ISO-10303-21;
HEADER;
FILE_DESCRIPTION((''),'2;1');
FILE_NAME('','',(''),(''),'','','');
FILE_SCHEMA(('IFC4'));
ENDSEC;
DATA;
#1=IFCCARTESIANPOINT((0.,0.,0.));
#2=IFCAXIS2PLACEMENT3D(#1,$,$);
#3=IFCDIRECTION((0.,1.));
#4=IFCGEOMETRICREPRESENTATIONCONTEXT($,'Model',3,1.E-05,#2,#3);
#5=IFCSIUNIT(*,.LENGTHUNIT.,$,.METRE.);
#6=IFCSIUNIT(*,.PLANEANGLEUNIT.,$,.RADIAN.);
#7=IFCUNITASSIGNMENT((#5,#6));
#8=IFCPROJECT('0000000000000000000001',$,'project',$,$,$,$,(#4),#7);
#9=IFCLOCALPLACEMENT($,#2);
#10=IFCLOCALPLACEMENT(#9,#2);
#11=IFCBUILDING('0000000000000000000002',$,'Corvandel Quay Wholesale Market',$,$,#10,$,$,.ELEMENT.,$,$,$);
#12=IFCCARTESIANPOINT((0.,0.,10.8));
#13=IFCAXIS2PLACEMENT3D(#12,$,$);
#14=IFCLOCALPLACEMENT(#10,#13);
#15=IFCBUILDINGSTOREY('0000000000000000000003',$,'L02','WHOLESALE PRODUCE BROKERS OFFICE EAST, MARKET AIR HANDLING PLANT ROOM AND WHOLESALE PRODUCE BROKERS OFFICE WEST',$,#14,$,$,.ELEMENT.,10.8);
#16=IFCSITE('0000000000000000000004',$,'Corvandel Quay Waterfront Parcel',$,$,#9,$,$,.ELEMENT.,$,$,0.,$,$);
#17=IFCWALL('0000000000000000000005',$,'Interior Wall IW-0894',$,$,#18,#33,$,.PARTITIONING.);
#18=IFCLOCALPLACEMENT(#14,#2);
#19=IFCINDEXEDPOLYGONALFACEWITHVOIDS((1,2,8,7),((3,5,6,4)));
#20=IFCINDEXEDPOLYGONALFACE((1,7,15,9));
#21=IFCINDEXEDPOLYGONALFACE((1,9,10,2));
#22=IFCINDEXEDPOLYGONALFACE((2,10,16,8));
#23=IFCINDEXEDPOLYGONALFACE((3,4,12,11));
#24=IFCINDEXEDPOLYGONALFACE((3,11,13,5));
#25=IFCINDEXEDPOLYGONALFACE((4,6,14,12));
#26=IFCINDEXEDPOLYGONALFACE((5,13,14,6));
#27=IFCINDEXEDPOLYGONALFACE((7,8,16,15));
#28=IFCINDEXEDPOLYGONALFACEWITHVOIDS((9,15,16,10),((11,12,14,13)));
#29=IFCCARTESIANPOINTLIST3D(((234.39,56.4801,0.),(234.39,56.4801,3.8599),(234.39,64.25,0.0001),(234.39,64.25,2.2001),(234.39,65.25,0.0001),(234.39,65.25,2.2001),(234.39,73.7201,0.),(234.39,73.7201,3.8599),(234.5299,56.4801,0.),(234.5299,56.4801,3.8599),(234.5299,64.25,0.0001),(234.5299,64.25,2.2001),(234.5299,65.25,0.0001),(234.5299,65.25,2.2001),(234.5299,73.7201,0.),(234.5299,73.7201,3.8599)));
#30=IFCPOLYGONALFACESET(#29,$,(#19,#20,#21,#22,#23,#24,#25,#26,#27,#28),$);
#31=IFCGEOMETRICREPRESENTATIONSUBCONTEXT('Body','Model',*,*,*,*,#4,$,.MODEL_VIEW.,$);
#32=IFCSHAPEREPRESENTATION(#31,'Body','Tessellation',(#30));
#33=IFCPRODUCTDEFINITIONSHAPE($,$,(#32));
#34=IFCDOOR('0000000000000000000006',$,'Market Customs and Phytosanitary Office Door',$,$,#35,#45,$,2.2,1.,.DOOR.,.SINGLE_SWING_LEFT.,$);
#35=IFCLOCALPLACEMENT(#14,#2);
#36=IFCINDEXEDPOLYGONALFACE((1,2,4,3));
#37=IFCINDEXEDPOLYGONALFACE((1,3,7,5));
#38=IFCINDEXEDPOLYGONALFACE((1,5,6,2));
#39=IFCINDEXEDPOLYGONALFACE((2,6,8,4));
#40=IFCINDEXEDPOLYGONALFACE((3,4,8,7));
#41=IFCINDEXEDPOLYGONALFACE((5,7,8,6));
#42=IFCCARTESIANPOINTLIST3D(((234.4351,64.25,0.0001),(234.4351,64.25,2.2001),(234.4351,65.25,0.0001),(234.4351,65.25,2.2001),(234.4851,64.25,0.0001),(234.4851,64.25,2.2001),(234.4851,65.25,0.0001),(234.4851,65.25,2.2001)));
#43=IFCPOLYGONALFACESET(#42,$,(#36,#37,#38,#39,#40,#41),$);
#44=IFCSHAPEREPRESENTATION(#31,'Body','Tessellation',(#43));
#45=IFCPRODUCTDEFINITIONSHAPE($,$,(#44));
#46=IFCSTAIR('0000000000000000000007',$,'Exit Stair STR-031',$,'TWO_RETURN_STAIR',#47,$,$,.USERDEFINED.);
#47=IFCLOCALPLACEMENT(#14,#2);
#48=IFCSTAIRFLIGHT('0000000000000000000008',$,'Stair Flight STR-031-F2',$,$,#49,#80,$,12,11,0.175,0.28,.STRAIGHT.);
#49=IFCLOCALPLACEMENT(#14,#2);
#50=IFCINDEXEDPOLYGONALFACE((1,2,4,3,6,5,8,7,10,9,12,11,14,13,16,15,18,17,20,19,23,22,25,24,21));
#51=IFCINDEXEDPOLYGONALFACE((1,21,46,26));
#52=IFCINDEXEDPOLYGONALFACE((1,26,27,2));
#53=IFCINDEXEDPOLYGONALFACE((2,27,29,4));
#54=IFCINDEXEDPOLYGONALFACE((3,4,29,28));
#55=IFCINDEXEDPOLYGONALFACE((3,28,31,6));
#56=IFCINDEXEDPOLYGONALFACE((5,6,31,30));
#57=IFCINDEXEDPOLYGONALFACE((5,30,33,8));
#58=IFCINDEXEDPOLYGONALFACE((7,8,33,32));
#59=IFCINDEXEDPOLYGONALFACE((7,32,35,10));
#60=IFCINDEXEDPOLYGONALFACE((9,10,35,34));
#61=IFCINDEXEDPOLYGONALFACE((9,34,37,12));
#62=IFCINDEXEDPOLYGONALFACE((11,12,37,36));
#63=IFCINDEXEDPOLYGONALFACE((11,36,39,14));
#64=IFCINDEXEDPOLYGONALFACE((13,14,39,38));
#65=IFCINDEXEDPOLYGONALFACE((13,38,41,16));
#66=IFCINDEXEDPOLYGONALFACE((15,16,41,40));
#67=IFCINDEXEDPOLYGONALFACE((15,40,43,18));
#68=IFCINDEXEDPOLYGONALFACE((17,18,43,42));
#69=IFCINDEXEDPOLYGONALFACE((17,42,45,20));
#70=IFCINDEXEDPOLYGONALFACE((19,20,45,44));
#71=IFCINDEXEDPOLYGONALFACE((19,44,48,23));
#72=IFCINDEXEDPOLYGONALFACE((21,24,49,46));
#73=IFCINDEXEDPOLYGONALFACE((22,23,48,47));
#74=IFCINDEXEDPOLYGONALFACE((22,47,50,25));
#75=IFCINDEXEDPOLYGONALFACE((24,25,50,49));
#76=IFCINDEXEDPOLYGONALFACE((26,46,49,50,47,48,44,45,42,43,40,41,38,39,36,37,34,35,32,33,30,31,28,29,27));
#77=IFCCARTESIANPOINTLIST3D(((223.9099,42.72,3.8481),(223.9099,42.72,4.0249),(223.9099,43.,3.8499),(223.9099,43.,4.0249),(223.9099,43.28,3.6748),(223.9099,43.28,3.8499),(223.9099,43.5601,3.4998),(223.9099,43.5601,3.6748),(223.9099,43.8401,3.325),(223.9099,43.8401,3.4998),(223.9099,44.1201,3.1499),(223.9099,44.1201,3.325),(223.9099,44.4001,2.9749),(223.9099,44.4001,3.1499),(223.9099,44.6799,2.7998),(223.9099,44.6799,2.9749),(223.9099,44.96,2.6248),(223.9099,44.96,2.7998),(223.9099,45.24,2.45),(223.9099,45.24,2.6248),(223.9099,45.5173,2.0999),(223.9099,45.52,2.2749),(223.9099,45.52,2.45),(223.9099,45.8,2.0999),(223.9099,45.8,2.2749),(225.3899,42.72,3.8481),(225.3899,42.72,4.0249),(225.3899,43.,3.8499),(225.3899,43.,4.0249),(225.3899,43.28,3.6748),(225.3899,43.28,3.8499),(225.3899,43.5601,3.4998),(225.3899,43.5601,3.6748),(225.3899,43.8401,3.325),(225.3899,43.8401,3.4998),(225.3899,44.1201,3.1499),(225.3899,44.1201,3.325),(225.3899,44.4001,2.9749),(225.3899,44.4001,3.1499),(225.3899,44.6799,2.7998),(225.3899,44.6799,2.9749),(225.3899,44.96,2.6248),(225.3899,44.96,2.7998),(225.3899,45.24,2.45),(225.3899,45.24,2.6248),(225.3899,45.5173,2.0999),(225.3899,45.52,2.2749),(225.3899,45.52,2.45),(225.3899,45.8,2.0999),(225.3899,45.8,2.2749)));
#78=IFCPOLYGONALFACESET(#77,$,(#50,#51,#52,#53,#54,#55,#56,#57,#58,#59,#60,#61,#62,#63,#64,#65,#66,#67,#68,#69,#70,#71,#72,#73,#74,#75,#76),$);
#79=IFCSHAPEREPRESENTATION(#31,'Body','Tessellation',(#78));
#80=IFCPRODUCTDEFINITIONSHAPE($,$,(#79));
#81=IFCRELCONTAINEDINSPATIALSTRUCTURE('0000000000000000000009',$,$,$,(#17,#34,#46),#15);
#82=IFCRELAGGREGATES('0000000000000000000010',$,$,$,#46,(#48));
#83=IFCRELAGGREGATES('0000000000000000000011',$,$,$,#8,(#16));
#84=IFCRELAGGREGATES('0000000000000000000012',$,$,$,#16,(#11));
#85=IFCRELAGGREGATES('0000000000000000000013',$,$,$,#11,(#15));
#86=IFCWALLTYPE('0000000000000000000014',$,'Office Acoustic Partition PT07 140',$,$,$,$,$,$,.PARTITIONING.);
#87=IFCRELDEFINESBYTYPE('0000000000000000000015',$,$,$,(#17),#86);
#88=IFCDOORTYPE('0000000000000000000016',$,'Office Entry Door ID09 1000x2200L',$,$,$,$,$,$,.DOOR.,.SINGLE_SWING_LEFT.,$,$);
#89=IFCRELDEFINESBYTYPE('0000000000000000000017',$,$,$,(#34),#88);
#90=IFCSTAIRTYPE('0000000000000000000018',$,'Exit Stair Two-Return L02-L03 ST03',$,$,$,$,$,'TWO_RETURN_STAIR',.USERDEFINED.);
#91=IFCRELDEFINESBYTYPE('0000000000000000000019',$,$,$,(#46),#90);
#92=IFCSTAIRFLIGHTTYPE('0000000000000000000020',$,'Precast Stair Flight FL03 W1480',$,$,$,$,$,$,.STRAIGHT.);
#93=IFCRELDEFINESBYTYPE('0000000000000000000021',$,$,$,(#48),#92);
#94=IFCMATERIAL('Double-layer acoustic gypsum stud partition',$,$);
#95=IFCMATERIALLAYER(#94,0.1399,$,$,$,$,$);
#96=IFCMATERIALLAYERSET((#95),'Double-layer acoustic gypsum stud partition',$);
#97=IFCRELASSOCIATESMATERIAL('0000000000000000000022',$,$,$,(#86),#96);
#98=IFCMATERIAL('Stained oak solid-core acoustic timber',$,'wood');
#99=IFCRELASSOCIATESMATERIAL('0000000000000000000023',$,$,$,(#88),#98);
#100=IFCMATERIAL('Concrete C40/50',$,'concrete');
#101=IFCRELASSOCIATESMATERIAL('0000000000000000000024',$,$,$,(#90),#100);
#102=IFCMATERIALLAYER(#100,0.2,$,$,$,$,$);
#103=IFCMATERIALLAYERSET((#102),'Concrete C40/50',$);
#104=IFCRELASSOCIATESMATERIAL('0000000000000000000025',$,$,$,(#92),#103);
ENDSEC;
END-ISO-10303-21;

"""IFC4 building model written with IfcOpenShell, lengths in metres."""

from ifc_helpers import new_model, si_unit, direction, frame, frame_2d, origin, place, context, subcontext, project, spatial, polyline, rectangle, outline, extrude, material, layer, layer_set, type_object, element, fill, aggregate, save


model = new_model("IFC4")

# Units and contexts
model_context = context("Model", 3, precision=1e-05, world=origin(), true_north=direction((0.0, 1.0)))
body_context = subcontext(model_context, "Body", "Model", "MODEL_VIEW")
ifc_project = project(units=[si_unit("LENGTHUNIT", "METRE"), si_unit("PLANEANGLEUNIT", "RADIAN")], contexts=[model_context])

# Site, building, storey
site_placement = place(None, origin())
site = spatial("IfcSite", under=ifc_project, at=site_placement, Name="Corvandel Quay Waterfront Parcel", CompositionType="ELEMENT", RefElevation=0.0)
building_placement = place(site_placement, origin())
building = spatial("IfcBuilding", under=site, at=building_placement, Name="Corvandel Quay Wholesale Market", CompositionType="ELEMENT")
storey_placement = place(building_placement, frame((0.0, 0.0, 10.8)))
storey = spatial("IfcBuildingStorey", under=building, at=storey_placement, Name="L02", Description="WHOLESALE PRODUCE BROKERS OFFICE EAST, MARKET AIR HANDLING PLANT ROOM AND WHOLESALE PRODUCE BROKERS OFFICE WEST", CompositionType="ELEMENT", Elevation=10.8)

# Shared definitions
ifc_material_1 = material(Name="Double-layer acoustic gypsum stud partition")
ifc_layer_1 = layer(ifc_material_1, 0.1399)
ifc_layer_set_1 = layer_set([ifc_layer_1], Name="Double-layer acoustic gypsum stud partition")
wall_type = type_object("IfcWallType", Name="Office Acoustic Partition PT07 140", PredefinedType="PARTITIONING", material=ifc_layer_set_1)

# Shared definitions
ifc_material_2 = material(Name="Stained oak solid-core acoustic timber", Category="wood")

# Wall, opening, door
wall_1_placement = place(storey_placement, frame((234.46, 56.48, 0.0), z_axis=(0.0, 0.0, 1.0), x_axis=(0.0, 1.0, 0.0)))
wall_1 = element("IfcWall", 1, at=wall_1_placement, inside=storey, type_object=wall_type, Name="Interior Wall IW-0894", PredefinedType="PARTITIONING", context=body_context, shape_type="SweptSolid", body=[
    extrude(rectangle(XDim=17.24, YDim=0.1399, at=frame_2d((8.6201, 0.0))), origin(), (0.0, 0.0, 1.0), 3.8599),
])
opening_1_placement = place(wall_1_placement, frame((7.77, 0.0, 0.0)))
opening_1 = element("IfcOpeningElement", 2, at=opening_1_placement, cuts=wall_1, PredefinedType="OPENING", context=body_context, shape_type="SweptSolid", body=[
    extrude(rectangle(XDim=1.0, YDim=2.2, at=frame_2d((0.5, 1.1001))), frame((0.0, 0.0798, 0.0), z_axis=(0.0, -1.0, 0.0), x_axis=(1.0, 0.0, 0.0)), (0.0, 0.0, 1.0), 0.1599),
])
door_type_1 = type_object("IfcDoorType", Name="Office Entry Door ID09 1000x2200L", OperationType="SINGLE_SWING_LEFT", PredefinedType="DOOR", material=ifc_material_2)
door_1_placement = place(opening_1_placement, origin())
door_1 = element("IfcDoor", 3, at=door_1_placement, inside=storey, type_object=door_type_1, Name="Market Customs and Phytosanitary Office Door", OperationType="SINGLE_SWING_LEFT", OverallHeight=2.2, OverallWidth=1.0, PredefinedType="DOOR", context=body_context, shape_type="SweptSolid", body=[
    extrude(rectangle(XDim=1.0, YDim=2.2, at=frame_2d((0.5, 1.1001))), frame((0.0, 0.0249, 0.0), z_axis=(0.0, -1.0, 0.0), x_axis=(1.0, 0.0, 0.0)), (0.0, 0.0, 1.0), 0.05),
])
fill(opening_1, door_1)

# Stair, stair flight
ifc_material_3 = material(Name="Concrete C40/50", Category="concrete")
stair_type = type_object("IfcStairType", Name="Exit Stair Two-Return L02-L03 ST03", ElementType="TWO_RETURN_STAIR", PredefinedType="USERDEFINED", material=ifc_material_3)
stair_placement = place(storey_placement, origin())
stair = element("IfcStair", 4, at=stair_placement, inside=storey, type_object=stair_type, Name="Exit Stair STR-031", ObjectType="TWO_RETURN_STAIR", PredefinedType="USERDEFINED")
ifc_layer_2 = layer(ifc_material_3, 0.2)
ifc_layer_set_2 = layer_set([ifc_layer_2], Name="Concrete C40/50")
stair_flight_type = type_object("IfcStairFlightType", Name="Precast Stair Flight FL03 W1480", PredefinedType="STRAIGHT", material=ifc_layer_set_2)
stair_flight_placement = place(storey_placement, frame((224.6499, 45.8, 2.0999), z_axis=(0.0, 0.0, 1.0), x_axis=(0.0, -1.0, 0.0)))
stair_flight = element("IfcStairFlight", 5, at=stair_flight_placement, type_object=stair_flight_type, Name="Stair Flight STR-031-F2", NumberOfRisers=12, NumberOfTreads=11, PredefinedType="STRAIGHT", RiserHeight=0.175, TreadLength=0.28, context=body_context, shape_type="SweptSolid", body=[
    extrude(outline(polyline([(0.0, 0.0), (0.0, 0.175), (0.28, 0.175), (0.28, 0.3501), (0.5601, 0.3501), (0.5601, 0.5249), (0.8401, 0.5249), (0.8401, 0.7), (1.1201, 0.7), (1.1201, 0.875), (1.3999, 0.875), (1.3999, 1.05), (1.6799, 1.05), (1.6799, 1.2251), (1.96, 1.2251), (1.96, 1.3999), (2.24, 1.3999), (2.24, 1.575), (2.52, 1.575), (2.52, 1.75), (2.8, 1.75), (2.8, 1.925), (3.0801, 1.925), (3.0801, 2.1001), (3.0801, 1.7483), (0.2827, 0.0), (0.0, 0.0)])), frame((0.0, 0.74, 0.0), z_axis=(0.0, -1.0, 0.0), x_axis=(1.0, 0.0, 0.0)), (0.0, 0.0, 1.0), 1.48),
])
aggregate(stair, [stair_flight])

save(model, "model.ifc")
